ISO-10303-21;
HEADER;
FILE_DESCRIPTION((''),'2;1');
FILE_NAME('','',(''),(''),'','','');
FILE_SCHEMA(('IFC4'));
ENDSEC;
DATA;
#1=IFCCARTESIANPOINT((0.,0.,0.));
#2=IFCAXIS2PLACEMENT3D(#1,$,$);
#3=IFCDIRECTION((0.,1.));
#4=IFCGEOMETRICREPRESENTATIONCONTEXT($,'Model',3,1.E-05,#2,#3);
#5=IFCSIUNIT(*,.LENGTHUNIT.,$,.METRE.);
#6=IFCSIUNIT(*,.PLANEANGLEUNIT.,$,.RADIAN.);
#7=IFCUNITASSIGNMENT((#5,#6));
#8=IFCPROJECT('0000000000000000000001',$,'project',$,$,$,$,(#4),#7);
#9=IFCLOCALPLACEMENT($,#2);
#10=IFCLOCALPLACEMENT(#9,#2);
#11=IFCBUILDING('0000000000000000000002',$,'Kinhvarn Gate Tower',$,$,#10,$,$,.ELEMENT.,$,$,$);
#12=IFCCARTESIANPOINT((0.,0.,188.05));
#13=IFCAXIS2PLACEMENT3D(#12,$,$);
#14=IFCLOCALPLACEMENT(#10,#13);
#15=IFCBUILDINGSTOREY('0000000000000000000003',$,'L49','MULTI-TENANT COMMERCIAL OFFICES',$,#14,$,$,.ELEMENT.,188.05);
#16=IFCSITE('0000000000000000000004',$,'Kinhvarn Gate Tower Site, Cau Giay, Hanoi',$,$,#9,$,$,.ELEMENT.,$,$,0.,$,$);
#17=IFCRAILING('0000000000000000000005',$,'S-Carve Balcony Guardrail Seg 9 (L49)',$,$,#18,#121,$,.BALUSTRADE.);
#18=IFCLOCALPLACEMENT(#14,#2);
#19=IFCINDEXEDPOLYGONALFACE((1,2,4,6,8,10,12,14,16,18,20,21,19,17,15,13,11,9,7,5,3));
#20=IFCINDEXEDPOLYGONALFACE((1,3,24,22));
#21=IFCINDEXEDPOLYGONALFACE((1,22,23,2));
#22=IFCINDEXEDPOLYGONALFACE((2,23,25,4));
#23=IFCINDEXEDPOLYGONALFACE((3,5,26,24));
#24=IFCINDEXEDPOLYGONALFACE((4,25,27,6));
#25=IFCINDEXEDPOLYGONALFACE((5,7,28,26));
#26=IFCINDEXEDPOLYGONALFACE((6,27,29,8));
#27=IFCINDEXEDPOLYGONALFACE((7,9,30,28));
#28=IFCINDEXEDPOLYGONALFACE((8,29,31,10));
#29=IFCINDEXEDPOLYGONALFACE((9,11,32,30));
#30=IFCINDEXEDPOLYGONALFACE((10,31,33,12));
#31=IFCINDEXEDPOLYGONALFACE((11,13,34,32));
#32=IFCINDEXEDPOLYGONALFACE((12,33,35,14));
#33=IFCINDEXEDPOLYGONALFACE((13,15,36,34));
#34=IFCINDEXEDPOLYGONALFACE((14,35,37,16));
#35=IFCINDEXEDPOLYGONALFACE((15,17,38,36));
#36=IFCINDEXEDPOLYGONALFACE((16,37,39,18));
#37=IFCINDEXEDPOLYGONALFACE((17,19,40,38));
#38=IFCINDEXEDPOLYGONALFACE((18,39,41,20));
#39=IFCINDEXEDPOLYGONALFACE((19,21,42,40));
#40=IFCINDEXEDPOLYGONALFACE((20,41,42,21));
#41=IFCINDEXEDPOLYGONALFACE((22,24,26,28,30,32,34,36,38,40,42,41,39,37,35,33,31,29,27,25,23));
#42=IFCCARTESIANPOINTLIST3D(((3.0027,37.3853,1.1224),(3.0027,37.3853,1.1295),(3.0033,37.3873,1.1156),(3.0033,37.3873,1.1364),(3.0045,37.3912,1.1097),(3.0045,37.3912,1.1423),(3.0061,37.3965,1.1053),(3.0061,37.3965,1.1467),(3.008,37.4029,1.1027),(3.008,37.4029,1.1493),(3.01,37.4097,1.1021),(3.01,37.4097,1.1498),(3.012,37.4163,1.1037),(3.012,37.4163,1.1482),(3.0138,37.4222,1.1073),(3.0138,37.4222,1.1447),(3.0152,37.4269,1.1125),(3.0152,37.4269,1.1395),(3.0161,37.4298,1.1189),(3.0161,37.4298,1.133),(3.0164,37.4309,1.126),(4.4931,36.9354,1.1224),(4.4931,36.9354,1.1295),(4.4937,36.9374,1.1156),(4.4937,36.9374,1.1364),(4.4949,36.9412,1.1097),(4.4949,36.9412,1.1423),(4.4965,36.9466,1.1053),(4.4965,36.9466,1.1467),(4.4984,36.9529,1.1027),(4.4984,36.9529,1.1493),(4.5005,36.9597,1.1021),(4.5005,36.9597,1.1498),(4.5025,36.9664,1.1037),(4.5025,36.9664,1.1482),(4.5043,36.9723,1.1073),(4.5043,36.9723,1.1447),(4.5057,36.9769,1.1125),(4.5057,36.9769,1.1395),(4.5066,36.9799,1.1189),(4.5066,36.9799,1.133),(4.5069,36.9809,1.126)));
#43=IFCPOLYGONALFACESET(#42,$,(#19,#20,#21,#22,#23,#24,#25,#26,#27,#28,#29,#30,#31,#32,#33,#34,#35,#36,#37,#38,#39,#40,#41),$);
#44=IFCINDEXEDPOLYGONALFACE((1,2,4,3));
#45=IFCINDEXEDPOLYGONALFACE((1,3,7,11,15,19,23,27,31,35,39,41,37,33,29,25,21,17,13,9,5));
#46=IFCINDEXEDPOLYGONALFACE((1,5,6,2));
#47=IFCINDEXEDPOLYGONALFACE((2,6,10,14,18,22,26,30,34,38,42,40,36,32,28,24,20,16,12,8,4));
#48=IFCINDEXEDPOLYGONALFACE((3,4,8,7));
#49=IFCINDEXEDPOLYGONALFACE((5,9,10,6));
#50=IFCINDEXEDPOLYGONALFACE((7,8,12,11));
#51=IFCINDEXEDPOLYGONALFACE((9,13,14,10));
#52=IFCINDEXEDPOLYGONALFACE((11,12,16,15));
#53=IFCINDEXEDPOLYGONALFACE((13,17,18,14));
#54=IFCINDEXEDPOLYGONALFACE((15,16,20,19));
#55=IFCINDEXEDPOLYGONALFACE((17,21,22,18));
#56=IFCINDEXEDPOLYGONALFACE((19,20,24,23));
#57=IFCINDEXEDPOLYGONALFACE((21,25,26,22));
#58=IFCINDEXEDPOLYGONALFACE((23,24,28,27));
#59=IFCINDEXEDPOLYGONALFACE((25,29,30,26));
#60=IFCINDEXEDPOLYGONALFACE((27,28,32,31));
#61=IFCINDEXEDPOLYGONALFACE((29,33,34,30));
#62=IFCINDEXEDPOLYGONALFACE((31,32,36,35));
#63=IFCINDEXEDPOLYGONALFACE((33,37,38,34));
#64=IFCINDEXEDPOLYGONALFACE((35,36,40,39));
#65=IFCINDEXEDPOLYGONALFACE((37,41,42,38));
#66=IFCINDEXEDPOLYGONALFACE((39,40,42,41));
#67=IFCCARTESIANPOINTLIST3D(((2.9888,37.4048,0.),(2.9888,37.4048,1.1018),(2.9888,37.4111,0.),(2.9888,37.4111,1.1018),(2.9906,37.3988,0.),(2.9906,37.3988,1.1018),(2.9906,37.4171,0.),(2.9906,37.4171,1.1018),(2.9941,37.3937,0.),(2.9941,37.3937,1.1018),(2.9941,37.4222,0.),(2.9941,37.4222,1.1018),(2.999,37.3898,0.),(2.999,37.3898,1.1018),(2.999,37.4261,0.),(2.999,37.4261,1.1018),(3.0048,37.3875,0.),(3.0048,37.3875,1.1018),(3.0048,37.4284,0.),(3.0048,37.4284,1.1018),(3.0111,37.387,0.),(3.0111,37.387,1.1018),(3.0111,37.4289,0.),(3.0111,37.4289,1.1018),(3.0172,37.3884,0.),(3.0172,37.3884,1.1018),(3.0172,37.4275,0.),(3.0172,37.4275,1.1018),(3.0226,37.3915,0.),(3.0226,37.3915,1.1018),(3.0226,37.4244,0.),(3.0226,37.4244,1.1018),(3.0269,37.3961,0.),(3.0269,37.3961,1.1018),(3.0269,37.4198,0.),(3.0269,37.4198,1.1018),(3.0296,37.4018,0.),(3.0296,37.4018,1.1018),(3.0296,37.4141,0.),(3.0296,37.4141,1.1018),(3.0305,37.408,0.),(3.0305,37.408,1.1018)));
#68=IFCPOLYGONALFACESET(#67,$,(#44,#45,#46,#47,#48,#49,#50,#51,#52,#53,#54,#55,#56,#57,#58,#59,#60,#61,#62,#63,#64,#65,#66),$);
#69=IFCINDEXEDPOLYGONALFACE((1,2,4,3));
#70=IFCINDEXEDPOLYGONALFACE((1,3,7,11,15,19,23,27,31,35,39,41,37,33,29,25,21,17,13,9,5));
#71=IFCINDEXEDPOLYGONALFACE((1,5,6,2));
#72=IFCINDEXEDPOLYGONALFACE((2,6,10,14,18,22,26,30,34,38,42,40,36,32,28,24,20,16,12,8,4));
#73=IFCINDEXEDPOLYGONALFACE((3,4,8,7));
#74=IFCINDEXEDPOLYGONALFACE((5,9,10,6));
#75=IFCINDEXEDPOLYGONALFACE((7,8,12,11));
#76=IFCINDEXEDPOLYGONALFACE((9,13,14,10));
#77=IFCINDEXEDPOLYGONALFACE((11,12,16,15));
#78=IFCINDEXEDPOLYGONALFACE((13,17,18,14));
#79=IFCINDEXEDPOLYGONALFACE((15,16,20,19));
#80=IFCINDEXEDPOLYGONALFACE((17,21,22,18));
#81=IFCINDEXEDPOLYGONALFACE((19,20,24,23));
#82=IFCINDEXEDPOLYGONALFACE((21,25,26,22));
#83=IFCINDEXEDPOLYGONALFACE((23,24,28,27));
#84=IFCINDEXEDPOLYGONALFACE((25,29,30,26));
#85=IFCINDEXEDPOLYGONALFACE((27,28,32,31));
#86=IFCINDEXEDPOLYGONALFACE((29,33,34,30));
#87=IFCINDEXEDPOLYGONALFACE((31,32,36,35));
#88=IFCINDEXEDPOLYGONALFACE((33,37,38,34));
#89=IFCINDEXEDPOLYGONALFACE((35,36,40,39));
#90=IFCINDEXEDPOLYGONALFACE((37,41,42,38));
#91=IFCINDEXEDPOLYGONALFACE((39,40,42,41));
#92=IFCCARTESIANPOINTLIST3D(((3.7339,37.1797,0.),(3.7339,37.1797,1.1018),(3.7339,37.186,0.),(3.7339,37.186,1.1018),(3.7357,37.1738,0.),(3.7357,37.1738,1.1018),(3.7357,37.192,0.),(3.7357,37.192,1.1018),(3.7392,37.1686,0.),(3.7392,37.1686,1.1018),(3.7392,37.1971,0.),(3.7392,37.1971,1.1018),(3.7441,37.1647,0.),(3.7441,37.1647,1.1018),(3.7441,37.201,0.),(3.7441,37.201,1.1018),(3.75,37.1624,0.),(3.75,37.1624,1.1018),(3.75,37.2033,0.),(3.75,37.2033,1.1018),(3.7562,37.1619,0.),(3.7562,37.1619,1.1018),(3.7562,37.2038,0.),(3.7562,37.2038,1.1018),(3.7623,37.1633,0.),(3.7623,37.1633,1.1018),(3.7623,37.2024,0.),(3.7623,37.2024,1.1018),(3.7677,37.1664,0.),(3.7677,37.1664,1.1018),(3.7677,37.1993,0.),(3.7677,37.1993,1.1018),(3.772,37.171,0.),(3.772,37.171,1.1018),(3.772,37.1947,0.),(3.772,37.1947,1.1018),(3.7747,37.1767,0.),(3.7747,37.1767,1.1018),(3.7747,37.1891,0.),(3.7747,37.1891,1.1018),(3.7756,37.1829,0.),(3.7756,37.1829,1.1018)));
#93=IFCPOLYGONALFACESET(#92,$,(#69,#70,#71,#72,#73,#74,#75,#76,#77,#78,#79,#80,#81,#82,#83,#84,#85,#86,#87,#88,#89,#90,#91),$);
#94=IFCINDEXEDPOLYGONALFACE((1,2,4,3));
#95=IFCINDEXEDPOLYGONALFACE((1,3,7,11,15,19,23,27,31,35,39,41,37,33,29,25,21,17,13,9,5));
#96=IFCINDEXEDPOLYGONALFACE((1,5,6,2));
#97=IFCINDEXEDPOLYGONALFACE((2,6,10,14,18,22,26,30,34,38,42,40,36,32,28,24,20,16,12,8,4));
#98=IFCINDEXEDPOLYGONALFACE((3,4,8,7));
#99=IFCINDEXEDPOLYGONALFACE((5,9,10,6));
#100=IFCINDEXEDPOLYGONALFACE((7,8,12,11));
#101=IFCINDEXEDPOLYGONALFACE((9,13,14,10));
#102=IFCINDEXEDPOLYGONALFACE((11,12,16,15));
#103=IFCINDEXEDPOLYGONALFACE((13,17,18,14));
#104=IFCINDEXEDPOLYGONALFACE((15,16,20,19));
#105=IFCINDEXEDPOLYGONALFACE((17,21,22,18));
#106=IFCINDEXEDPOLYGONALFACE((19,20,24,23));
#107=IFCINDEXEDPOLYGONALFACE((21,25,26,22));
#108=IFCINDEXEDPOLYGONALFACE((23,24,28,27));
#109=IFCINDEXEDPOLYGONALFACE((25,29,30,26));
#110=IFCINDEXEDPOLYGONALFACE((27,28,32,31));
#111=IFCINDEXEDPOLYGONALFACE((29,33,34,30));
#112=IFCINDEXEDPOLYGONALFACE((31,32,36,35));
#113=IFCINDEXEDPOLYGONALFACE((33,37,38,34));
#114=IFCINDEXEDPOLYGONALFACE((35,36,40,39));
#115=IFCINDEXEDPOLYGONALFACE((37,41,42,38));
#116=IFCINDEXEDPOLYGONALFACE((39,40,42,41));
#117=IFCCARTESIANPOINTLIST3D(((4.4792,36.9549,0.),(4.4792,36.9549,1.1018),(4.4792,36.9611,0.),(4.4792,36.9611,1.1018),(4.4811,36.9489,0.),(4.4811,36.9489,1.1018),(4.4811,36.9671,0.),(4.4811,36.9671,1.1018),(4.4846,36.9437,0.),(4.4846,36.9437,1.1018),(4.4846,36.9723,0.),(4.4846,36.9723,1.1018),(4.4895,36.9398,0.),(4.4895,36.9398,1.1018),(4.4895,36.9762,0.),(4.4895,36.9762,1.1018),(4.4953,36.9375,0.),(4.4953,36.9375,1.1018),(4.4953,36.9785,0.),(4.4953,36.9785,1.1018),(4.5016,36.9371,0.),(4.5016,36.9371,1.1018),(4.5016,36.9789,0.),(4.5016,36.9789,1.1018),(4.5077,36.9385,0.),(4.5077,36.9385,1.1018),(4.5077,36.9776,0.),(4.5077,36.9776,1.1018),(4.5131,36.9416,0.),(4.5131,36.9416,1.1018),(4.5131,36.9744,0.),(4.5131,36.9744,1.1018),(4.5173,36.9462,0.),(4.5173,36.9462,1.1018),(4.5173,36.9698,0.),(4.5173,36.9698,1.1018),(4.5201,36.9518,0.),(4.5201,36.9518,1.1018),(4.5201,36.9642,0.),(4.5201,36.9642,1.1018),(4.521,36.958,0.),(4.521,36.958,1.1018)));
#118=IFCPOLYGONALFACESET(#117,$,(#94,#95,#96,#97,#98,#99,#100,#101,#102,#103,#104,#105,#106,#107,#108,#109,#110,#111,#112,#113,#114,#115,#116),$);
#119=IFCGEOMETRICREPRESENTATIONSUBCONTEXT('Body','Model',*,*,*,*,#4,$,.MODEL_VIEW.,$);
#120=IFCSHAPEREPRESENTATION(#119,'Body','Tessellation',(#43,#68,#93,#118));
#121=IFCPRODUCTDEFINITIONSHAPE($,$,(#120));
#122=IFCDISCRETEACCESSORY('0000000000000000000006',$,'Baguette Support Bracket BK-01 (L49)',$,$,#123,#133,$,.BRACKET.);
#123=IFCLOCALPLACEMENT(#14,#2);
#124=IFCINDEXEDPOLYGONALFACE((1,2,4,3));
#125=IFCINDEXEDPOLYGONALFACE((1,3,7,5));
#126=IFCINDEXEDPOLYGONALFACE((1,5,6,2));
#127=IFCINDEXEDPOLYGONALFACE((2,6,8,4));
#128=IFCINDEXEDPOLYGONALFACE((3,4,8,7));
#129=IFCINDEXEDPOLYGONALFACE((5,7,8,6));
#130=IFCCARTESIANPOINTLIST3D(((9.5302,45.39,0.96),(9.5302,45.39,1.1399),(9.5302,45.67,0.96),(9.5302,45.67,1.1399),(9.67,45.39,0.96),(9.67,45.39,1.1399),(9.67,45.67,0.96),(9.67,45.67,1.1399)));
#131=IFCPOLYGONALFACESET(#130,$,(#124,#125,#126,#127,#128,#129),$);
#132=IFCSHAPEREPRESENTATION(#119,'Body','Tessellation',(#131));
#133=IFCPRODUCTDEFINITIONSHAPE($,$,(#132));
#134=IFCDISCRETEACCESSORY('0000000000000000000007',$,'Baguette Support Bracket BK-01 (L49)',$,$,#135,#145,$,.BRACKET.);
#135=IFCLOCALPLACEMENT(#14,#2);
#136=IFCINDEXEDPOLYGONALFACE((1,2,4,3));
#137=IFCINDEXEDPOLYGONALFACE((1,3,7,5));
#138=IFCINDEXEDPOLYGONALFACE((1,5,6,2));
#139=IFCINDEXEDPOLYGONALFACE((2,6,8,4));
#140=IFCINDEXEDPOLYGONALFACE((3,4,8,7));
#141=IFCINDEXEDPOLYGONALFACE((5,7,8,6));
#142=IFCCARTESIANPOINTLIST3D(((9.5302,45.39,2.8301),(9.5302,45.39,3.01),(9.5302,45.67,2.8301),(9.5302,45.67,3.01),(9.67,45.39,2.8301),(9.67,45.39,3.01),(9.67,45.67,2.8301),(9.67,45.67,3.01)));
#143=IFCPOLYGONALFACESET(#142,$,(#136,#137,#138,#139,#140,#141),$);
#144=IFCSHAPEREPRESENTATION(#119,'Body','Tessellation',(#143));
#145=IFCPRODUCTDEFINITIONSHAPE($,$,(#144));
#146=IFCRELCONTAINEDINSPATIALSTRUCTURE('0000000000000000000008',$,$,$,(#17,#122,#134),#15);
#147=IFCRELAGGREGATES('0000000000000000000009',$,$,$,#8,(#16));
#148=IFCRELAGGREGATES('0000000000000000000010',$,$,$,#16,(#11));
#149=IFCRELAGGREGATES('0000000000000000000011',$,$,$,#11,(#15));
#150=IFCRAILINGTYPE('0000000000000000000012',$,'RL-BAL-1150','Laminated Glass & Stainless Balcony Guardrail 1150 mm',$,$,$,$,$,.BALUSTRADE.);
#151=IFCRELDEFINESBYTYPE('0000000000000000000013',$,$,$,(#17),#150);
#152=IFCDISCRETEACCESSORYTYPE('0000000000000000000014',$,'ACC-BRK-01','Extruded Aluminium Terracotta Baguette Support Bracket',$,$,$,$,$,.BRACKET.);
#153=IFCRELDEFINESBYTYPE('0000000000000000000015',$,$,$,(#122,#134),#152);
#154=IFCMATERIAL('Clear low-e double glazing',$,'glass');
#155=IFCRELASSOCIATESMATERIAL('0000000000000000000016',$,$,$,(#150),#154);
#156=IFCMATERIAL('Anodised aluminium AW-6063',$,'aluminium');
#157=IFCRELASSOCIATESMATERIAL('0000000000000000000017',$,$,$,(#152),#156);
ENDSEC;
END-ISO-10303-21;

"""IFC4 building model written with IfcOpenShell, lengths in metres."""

from ifc_helpers import new_model, si_unit, direction, frame, origin, origin_2d, place, context, subcontext, project, spatial, rectangle, circle, extrude, material, type_object, element, save


model = new_model("IFC4")

# Units and contexts
model_context = context("Model", 3, precision=1e-05, world=origin(), true_north=direction((0.0, 1.0)))
body_context = subcontext(model_context, "Body", "Model", "MODEL_VIEW")
ifc_project = project(units=[si_unit("LENGTHUNIT", "METRE"), si_unit("PLANEANGLEUNIT", "RADIAN")], contexts=[model_context])

# Site, building, storey
site_placement = place(None, origin())
site = spatial("IfcSite", under=ifc_project, at=site_placement, Name="Kinhvarn Gate Tower Site, Cau Giay, Hanoi", CompositionType="ELEMENT", RefElevation=0.0)
building_placement = place(site_placement, origin())
building = spatial("IfcBuilding", under=site, at=building_placement, Name="Kinhvarn Gate Tower", CompositionType="ELEMENT")
storey_placement = place(building_placement, frame((0.0, 0.0, 188.05)))
storey = spatial("IfcBuildingStorey", under=building, at=storey_placement, Name="L49", Description="MULTI-TENANT COMMERCIAL OFFICES", CompositionType="ELEMENT", Elevation=188.05)

# Shared definitions
ifc_material_1 = material(Name="Anodised aluminium AW-6063", Category="aluminium")

# Shared definitions
ifc_material_2 = material(Name="Clear low-e double glazing", Category="glass")

# Railing
railing_type = type_object("IfcRailingType", Name="RL-BAL-1150", Description="Laminated Glass & Stainless Balcony Guardrail 1150 mm", PredefinedType="BALUSTRADE", material=ifc_material_2)
railing_1_placement = place(storey_placement, frame((3.0095, 37.408, 0.0)))
element("IfcRailing", 1, at=railing_1_placement, inside=storey, type_object=railing_type, Name="S-Carve Balcony Guardrail Seg 9 (L49)", PredefinedType="BALUSTRADE", context=body_context, shape_type="SweptSolid", body=[
    extrude(circle(Radius=0.0239, at=origin_2d()), frame((0.0, 0.0, 1.126), z_axis=(0.957329, -0.289002, 0.0), x_axis=(0.289002, 0.957329, 0.0)), (0.0, 0.0, 1.0), 1.5569),
    extrude(circle(Radius=0.021, at=origin_2d()), origin(), (0.0, 0.0, 1.0), 1.1018),
    extrude(circle(Radius=0.021, at=origin_2d()), frame((0.7451, -0.2251, 0.0)), (0.0, 0.0, 1.0), 1.1018),
    extrude(circle(Radius=0.021, at=origin_2d()), frame((1.4905, -0.45, 0.0)), (0.0, 0.0, 1.0), 1.1018),
])

# Discrete accessories
discrete_accessory_type = type_object("IfcDiscreteAccessoryType", Name="ACC-BRK-01", Description="Extruded Aluminium Terracotta Baguette Support Bracket", PredefinedType="BRACKET", material=ifc_material_1)
for number, where, z_axis, x_axis, name in (
    (2, (9.6001, 45.53, 0.96), (0.0, 0.0, 1.0), (-1.0, 0.0, 0.0), "Baguette Support Bracket BK-01 (L49)"),
    (3, (9.6001, 45.53, 2.8301), (0.0, 0.0, 1.0), (-1.0, 0.0, 0.0), "Baguette Support Bracket BK-01 (L49)"),
):
    element("IfcDiscreteAccessory", number, at=place(storey_placement, frame(where, z_axis=z_axis, x_axis=x_axis)), inside=storey, type_object=discrete_accessory_type, Name=name, PredefinedType="BRACKET", context=body_context, shape_type="SweptSolid", body=[
        extrude(rectangle(XDim=0.1399, YDim=0.28, at=origin_2d()), origin(), (0.0, 0.0, 1.0), 0.1799),
    ])

save(model, "model.ifc")
